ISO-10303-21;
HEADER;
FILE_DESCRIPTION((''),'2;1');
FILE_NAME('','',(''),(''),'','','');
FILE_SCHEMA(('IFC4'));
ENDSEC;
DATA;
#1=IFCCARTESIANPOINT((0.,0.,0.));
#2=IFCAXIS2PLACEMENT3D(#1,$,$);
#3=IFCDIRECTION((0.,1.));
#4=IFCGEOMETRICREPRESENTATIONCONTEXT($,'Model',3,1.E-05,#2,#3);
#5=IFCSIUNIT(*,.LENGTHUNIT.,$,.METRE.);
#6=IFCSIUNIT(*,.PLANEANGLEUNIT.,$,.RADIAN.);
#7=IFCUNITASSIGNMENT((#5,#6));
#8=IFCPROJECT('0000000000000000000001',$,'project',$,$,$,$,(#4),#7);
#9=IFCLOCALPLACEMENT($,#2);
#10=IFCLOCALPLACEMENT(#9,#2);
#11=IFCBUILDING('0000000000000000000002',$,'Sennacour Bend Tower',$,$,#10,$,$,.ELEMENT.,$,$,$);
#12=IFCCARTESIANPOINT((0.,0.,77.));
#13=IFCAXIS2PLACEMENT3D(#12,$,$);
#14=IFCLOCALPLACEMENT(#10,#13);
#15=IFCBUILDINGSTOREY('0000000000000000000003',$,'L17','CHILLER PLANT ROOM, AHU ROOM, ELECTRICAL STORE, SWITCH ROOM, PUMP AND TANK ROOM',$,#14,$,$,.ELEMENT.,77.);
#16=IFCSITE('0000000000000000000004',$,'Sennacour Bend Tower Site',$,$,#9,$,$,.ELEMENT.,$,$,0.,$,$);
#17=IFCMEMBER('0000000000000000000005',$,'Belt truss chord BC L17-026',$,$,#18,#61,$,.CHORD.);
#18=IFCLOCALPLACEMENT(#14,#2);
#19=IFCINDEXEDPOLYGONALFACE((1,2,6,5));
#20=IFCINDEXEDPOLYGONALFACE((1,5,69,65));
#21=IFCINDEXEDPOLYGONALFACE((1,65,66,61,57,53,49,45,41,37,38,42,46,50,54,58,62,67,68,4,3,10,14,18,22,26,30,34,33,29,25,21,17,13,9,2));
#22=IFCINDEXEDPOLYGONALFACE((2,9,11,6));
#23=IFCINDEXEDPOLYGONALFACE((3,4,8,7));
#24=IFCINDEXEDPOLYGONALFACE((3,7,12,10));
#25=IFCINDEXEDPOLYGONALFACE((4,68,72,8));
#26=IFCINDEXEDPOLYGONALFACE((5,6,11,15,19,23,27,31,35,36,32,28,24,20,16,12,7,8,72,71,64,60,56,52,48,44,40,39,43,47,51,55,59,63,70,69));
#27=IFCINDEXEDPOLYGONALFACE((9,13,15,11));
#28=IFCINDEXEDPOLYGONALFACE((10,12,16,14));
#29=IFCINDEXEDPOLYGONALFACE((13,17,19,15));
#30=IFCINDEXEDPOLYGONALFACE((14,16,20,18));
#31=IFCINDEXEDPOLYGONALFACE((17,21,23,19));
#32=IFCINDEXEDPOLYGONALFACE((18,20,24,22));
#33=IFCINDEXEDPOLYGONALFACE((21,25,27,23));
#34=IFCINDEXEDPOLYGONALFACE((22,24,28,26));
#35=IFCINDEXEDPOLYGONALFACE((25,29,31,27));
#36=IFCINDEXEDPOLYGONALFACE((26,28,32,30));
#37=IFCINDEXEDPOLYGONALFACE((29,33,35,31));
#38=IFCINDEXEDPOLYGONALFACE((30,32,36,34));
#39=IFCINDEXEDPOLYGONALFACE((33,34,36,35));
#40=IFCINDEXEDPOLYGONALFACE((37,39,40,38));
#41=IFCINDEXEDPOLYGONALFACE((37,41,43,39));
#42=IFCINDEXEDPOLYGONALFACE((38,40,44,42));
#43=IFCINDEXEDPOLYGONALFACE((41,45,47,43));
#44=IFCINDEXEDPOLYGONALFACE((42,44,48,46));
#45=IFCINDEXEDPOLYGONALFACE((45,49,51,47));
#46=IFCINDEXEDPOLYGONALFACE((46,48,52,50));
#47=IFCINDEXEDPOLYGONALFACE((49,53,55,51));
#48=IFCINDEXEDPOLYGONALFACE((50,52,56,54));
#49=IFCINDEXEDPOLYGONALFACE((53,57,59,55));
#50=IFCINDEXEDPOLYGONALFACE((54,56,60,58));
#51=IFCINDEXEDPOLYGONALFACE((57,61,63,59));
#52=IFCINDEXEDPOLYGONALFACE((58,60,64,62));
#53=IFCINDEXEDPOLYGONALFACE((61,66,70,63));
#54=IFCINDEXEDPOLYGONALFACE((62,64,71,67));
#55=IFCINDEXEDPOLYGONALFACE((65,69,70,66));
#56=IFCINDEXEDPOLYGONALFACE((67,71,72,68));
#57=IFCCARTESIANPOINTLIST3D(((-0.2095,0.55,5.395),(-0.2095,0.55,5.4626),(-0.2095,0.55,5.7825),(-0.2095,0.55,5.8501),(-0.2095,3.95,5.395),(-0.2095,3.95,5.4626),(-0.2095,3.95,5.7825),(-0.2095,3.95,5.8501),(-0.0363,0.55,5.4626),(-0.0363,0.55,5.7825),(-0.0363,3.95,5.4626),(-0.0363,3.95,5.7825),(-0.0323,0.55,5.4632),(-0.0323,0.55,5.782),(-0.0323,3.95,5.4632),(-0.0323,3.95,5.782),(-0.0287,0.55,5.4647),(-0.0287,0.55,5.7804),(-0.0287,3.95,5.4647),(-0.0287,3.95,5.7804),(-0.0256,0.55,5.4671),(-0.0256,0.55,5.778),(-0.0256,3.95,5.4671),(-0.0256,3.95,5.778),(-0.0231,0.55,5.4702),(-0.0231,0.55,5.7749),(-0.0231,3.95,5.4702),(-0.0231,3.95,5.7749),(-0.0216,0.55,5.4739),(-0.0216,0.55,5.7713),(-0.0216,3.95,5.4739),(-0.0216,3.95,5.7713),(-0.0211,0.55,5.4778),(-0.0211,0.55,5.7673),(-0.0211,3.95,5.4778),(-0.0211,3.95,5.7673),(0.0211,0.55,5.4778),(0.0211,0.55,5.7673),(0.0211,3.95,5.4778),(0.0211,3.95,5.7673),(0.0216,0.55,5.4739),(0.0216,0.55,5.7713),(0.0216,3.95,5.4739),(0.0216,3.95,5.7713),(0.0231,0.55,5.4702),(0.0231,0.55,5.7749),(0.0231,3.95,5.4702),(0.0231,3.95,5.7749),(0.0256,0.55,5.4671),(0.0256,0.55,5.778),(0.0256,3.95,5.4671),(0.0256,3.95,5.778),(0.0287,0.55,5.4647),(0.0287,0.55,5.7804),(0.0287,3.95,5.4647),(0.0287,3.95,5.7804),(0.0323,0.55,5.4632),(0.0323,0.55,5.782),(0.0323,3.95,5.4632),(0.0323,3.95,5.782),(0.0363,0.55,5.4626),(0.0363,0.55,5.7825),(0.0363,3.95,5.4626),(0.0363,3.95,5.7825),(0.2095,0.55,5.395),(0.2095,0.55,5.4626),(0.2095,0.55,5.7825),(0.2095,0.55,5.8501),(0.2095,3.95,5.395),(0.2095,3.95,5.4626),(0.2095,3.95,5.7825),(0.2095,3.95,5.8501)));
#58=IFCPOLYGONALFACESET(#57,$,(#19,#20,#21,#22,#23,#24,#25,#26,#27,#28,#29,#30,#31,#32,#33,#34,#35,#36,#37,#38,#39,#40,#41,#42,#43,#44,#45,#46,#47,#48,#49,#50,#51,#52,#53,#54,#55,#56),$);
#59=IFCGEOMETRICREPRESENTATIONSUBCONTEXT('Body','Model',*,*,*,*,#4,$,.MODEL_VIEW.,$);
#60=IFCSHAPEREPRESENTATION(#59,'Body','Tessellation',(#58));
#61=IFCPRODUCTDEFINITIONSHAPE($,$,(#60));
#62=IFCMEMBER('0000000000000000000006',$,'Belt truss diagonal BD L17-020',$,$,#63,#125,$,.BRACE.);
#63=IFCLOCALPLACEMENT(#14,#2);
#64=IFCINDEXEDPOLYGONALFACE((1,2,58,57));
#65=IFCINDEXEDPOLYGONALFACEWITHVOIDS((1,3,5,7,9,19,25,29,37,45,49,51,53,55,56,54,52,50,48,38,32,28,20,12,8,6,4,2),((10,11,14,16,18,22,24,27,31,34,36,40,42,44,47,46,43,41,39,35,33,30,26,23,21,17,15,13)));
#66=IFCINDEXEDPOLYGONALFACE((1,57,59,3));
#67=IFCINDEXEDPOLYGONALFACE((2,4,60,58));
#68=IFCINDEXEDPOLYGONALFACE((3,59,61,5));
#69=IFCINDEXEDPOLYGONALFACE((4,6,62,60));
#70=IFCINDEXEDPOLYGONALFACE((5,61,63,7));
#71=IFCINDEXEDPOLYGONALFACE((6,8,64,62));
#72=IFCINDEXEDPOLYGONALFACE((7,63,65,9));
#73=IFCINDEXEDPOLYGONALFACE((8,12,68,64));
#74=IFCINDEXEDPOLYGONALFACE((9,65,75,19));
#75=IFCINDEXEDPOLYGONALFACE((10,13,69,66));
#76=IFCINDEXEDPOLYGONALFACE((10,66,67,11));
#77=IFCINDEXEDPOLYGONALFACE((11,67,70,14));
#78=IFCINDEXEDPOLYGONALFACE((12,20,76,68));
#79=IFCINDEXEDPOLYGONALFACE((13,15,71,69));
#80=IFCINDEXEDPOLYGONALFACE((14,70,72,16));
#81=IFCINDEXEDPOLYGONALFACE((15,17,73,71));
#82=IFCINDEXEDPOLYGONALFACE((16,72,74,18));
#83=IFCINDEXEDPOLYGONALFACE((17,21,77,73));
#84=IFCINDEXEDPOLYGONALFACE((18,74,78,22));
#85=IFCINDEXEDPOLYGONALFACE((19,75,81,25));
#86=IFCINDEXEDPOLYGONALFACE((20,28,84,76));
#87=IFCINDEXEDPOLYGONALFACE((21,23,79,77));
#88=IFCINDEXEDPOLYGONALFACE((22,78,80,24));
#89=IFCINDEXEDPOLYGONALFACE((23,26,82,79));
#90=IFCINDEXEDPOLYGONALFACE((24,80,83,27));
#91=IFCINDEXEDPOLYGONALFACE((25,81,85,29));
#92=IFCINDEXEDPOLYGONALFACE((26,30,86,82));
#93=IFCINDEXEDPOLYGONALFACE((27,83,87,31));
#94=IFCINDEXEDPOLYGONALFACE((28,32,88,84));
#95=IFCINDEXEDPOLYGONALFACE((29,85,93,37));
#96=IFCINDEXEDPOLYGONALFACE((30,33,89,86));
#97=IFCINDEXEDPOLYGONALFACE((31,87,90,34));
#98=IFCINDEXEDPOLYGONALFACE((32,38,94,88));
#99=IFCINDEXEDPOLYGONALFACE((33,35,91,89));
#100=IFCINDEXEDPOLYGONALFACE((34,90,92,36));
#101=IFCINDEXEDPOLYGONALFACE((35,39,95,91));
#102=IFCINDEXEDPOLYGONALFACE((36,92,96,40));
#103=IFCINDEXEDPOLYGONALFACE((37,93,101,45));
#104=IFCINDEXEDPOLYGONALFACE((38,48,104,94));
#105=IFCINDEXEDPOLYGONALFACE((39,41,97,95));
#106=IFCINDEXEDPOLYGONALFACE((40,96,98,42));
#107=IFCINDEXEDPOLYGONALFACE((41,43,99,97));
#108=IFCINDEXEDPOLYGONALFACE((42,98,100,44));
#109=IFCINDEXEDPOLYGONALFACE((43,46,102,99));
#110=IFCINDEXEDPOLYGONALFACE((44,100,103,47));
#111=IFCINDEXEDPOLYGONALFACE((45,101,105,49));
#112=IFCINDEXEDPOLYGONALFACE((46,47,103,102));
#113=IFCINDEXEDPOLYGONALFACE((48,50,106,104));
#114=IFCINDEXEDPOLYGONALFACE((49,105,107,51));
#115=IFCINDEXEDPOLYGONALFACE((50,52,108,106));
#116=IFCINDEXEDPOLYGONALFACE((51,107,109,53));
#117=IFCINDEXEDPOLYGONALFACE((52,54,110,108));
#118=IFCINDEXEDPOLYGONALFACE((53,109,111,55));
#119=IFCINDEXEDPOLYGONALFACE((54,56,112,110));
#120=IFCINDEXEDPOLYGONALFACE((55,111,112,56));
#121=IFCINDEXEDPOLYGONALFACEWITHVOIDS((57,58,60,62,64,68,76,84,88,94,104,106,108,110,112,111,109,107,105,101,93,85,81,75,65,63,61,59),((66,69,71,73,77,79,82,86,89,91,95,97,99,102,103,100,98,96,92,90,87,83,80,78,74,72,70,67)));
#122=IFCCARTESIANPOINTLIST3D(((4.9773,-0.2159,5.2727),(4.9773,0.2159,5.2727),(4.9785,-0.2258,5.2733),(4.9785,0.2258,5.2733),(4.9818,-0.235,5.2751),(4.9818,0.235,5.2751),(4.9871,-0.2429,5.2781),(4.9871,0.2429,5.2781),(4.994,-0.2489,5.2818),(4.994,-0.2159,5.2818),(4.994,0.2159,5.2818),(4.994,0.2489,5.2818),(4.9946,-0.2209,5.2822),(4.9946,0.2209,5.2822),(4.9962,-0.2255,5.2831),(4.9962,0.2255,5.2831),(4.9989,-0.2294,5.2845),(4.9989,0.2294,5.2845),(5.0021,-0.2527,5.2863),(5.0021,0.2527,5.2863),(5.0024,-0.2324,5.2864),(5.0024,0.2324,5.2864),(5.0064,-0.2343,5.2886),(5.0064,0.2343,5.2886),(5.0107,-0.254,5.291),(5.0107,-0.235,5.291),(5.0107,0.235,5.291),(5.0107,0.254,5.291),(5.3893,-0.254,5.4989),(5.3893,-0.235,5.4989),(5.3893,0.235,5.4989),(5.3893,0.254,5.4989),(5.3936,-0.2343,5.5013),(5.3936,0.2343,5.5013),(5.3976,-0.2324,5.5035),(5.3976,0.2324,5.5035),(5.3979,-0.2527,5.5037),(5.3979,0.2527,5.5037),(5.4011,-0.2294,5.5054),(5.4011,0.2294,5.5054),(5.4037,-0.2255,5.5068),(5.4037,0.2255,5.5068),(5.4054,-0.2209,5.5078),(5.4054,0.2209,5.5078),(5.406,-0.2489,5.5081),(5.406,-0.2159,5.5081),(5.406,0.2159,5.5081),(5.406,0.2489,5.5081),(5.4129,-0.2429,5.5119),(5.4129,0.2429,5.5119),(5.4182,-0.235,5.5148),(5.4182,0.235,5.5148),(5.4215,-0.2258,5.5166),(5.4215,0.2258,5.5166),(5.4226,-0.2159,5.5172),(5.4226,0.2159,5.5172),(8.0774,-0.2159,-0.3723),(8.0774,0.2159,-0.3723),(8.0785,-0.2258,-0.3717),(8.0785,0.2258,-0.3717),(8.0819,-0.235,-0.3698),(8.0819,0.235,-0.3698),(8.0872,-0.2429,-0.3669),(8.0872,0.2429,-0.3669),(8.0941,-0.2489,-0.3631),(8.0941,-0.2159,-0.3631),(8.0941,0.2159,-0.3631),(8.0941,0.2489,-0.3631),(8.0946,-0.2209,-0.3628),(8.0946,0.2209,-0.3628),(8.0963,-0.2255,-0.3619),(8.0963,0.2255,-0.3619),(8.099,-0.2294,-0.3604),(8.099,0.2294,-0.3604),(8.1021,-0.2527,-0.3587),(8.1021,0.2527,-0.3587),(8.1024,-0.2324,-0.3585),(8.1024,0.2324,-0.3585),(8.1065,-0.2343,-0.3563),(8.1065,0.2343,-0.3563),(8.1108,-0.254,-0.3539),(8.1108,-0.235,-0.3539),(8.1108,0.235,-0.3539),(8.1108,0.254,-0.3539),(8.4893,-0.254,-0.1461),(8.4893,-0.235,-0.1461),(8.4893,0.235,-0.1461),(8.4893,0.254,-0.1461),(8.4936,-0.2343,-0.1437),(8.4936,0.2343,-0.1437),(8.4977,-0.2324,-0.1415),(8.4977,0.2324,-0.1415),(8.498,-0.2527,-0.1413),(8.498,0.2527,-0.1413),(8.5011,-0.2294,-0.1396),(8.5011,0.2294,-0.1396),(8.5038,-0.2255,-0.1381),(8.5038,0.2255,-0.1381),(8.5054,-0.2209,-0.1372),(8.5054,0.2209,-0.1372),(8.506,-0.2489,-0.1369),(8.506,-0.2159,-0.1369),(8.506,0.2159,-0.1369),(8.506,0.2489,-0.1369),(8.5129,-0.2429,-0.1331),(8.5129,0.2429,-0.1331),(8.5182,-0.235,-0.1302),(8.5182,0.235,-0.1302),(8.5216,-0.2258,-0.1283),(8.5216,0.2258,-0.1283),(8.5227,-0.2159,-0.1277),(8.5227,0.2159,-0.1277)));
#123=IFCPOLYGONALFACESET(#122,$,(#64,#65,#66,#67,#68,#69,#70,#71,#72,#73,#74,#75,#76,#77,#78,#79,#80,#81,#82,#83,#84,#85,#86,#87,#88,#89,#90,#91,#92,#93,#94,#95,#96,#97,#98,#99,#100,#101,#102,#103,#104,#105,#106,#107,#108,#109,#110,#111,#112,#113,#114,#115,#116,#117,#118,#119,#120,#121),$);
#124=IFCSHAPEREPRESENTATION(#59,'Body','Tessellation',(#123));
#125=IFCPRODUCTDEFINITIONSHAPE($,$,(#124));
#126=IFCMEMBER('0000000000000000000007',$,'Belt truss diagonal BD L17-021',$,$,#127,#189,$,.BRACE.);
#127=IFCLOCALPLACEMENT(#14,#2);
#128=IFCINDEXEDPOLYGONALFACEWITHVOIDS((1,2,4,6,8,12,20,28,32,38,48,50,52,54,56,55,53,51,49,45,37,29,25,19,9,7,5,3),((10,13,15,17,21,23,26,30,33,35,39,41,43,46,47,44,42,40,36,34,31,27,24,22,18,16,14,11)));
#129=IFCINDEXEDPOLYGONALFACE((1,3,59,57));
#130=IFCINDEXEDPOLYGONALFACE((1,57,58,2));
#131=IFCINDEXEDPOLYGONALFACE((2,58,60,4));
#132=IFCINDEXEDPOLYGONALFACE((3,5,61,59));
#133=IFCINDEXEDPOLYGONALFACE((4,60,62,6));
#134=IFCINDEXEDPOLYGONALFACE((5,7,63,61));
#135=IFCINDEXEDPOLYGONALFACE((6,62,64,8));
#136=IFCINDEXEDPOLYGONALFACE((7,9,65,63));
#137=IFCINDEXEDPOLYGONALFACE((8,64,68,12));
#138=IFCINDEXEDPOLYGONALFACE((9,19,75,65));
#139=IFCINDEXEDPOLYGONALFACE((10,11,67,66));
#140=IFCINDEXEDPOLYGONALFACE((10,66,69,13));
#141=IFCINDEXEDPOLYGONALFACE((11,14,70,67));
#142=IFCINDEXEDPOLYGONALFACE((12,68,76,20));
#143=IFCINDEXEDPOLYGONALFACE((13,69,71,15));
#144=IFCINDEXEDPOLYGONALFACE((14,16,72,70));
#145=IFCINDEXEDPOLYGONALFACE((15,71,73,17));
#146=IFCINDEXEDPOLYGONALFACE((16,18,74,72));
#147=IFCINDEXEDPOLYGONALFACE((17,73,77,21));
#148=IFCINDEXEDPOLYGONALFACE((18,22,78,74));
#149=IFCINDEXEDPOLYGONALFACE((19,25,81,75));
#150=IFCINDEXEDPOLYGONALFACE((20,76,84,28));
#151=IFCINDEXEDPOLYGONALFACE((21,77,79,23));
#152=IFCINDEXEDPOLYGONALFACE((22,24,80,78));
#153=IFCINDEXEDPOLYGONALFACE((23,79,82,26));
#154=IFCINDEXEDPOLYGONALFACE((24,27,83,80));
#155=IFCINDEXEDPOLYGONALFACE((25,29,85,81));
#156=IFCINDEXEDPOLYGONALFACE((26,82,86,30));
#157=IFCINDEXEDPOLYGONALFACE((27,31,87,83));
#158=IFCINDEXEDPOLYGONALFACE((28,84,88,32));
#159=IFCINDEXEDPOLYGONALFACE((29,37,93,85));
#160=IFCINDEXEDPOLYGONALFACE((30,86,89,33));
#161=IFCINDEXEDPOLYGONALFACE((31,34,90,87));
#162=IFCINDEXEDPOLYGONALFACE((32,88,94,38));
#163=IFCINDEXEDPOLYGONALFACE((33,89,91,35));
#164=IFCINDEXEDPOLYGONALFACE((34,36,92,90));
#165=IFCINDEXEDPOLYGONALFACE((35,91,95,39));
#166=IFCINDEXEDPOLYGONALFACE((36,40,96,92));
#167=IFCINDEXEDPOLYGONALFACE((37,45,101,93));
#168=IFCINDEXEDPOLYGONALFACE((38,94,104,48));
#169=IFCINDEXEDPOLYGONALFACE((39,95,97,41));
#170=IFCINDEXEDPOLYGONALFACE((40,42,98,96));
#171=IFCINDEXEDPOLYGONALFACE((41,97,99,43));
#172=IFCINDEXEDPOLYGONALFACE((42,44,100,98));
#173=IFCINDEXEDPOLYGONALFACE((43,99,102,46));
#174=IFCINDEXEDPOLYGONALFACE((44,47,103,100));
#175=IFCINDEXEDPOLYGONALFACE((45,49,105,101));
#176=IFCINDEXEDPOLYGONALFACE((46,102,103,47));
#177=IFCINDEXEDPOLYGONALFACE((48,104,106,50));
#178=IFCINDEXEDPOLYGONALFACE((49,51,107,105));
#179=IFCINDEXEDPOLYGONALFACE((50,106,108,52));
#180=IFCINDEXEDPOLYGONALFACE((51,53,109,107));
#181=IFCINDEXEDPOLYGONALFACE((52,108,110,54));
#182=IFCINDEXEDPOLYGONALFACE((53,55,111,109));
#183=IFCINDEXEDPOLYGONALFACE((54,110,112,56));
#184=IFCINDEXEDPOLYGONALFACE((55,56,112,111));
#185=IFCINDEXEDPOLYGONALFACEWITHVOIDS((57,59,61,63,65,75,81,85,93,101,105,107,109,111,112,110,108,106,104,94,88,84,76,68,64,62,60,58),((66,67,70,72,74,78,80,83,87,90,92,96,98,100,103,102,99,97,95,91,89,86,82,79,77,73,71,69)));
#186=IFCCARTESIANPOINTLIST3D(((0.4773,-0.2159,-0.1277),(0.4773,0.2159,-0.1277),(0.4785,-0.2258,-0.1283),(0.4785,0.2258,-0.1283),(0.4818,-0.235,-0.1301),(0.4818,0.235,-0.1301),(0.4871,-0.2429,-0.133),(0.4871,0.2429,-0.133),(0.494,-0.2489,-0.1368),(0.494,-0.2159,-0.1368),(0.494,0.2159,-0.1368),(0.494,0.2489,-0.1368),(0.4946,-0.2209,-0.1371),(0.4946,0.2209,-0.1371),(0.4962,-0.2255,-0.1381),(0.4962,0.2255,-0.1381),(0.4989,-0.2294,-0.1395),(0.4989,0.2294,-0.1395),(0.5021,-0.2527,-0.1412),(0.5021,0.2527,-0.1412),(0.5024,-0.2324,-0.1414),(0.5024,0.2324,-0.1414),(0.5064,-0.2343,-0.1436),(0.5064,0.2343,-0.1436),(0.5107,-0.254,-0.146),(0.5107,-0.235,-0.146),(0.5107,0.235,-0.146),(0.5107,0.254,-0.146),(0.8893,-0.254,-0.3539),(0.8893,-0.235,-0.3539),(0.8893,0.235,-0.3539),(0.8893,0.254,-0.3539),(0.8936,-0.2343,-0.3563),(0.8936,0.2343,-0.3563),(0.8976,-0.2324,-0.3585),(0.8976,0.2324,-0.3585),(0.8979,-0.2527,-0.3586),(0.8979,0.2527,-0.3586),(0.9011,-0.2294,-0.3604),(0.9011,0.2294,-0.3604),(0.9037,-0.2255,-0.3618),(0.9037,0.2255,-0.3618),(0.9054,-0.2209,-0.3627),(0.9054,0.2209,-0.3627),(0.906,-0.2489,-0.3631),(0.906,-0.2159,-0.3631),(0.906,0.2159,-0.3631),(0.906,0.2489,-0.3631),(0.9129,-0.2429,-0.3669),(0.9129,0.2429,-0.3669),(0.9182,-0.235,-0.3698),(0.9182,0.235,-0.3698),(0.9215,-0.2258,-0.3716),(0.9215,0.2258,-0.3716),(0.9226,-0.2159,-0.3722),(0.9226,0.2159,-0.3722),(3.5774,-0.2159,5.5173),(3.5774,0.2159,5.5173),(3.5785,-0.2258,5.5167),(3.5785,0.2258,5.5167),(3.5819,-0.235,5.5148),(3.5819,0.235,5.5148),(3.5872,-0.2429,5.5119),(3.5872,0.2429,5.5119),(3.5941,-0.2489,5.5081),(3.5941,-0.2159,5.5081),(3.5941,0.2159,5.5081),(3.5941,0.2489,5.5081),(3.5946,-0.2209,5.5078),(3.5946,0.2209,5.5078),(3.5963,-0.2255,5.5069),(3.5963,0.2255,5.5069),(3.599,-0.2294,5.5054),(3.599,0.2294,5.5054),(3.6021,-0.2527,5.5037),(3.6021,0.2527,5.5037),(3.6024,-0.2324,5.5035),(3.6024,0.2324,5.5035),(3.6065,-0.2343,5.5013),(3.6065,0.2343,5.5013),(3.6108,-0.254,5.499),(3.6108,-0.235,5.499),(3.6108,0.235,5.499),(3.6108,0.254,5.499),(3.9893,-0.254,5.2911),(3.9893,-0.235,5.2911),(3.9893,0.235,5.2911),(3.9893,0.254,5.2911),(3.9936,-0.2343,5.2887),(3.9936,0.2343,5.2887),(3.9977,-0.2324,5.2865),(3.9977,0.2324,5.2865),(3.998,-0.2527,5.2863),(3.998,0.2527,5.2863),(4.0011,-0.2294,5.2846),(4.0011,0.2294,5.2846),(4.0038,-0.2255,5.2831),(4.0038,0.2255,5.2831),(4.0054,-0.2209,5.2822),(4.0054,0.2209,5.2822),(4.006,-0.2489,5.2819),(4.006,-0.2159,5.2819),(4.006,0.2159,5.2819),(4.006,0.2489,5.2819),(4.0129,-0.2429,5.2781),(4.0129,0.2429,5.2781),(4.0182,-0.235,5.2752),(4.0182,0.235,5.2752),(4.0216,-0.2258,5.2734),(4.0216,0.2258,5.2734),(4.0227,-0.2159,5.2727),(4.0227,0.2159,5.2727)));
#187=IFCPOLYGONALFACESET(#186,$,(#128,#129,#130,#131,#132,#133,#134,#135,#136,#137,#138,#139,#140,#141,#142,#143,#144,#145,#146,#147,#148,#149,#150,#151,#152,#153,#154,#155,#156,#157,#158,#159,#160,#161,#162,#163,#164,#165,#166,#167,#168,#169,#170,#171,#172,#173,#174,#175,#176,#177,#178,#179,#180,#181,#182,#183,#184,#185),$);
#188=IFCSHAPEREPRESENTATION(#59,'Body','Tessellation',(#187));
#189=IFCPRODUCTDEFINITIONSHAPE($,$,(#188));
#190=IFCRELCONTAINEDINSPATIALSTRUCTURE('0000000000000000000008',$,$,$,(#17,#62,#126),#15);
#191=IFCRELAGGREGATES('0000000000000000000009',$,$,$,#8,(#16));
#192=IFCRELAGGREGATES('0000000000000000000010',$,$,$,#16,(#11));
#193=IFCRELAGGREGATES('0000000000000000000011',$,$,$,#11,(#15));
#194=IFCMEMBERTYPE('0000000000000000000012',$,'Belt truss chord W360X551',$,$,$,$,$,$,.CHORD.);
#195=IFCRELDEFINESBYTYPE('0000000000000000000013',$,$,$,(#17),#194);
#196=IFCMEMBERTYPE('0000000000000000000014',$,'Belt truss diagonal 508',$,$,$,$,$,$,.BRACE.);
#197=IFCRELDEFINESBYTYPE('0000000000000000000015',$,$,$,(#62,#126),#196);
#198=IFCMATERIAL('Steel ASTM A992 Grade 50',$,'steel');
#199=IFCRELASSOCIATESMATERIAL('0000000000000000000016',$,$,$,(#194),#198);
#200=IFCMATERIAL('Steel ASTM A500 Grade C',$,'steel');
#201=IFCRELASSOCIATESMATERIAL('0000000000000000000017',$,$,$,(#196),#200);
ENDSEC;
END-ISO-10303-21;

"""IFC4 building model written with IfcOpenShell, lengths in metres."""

from ifc_helpers import new_model, si_unit, direction, frame, origin, origin_2d, place, context, subcontext, project, spatial, hollow_rectangle, i_section, extrude, material, material_profile, profile_set, type_object, element, save


model = new_model("IFC4")

# Units and contexts
model_context = context("Model", 3, precision=1e-05, world=origin(), true_north=direction((0.0, 1.0)))
body_context = subcontext(model_context, "Body", "Model", "MODEL_VIEW")
ifc_project = project(units=[si_unit("LENGTHUNIT", "METRE"), si_unit("PLANEANGLEUNIT", "RADIAN")], contexts=[model_context])

# Site, building, storey
site_placement = place(None, origin())
site = spatial("IfcSite", under=ifc_project, at=site_placement, Name="Sennacour Bend Tower Site", CompositionType="ELEMENT", RefElevation=0.0)
building_placement = place(site_placement, origin())
building = spatial("IfcBuilding", under=site, at=building_placement, Name="Sennacour Bend Tower", CompositionType="ELEMENT")
storey_placement = place(building_placement, frame((0.0, 0.0, 77.0)))
storey = spatial("IfcBuildingStorey", under=building, at=storey_placement, Name="L17", Description="CHILLER PLANT ROOM, AHU ROOM, ELECTRICAL STORE, SWITCH ROOM, PUMP AND TANK ROOM", CompositionType="ELEMENT", Elevation=77.0)

# Members
ifc_material_1 = material(Name="Steel ASTM A992 Grade 50", Category="steel")
ifc_material_profile_1 = material_profile(ifc_material_1, i_section(OverallWidth=0.4189, OverallDepth=0.4551, WebThickness=0.0422, FlangeThickness=0.0676, FilletRadius=0.0151, at=origin_2d()), Name="Steel ASTM A992 Grade 50", Category="steel")
ifc_profile_set_1 = profile_set([ifc_material_profile_1], Name="Steel ASTM A992 Grade 50")
member_type_1 = type_object("IfcMemberType", Name="Belt truss chord W360X551", PredefinedType="CHORD", material=ifc_profile_set_1)
for number, where, z_axis, x_axis, name in (
    (1, (0.0, 0.55, 5.6226), (0.0, 1.0, 0.0), (-1.0, 0.0, 0.0), "Belt truss chord BC L17-026"),
):
    element("IfcMember", number, at=place(storey_placement, frame(where, z_axis=z_axis, x_axis=x_axis)), inside=storey, type_object=member_type_1, Name=name, PredefinedType="CHORD", context=body_context, shape_type="SweptSolid", body=[
        extrude(i_section(OverallWidth=0.4189, OverallDepth=0.4551, WebThickness=0.0422, FlangeThickness=0.0676, FilletRadius=0.0151, at=origin_2d()), origin(), (0.0, 0.0, 1.0), 3.3999),
    ])
ifc_material_2 = material(Name="Steel ASTM A500 Grade C", Category="steel")
ifc_material_profile_2 = material_profile(ifc_material_2, hollow_rectangle(XDim=0.5081, YDim=0.5081, WallThickness=0.019, InnerFilletRadius=0.019, OuterFilletRadius=0.0381, at=origin_2d()), Name="Steel ASTM A500 Grade C", Category="steel")
ifc_profile_set_2 = profile_set([ifc_material_profile_2], Name="Steel ASTM A500 Grade C")
member_type_2 = type_object("IfcMemberType", Name="Belt truss diagonal 508", PredefinedType="BRACE", material=ifc_profile_set_2)
for number, where, z_axis, x_axis, name in (
    (2, (8.3, 0.0, -0.25), (-0.481363, 0.0, 0.876521), (0.0, -1.0, 0.0), "Belt truss diagonal BD L17-020"),
    (3, (3.8, 0.0, 5.395), (-0.481363, 0.0, -0.876521), (0.0, -1.0, 0.0), "Belt truss diagonal BD L17-021"),
):
    element("IfcMember", number, at=place(storey_placement, frame(where, z_axis=z_axis, x_axis=x_axis)), inside=storey, type_object=member_type_2, Name=name, PredefinedType="BRACE", context=body_context, shape_type="SweptSolid", body=[
        extrude(hollow_rectangle(XDim=0.5081, YDim=0.5081, WallThickness=0.019, InnerFilletRadius=0.019, OuterFilletRadius=0.0381, at=origin_2d()), origin(), (0.0, 0.0, 1.0), 6.4402),
    ])

save(model, "model.ifc")
